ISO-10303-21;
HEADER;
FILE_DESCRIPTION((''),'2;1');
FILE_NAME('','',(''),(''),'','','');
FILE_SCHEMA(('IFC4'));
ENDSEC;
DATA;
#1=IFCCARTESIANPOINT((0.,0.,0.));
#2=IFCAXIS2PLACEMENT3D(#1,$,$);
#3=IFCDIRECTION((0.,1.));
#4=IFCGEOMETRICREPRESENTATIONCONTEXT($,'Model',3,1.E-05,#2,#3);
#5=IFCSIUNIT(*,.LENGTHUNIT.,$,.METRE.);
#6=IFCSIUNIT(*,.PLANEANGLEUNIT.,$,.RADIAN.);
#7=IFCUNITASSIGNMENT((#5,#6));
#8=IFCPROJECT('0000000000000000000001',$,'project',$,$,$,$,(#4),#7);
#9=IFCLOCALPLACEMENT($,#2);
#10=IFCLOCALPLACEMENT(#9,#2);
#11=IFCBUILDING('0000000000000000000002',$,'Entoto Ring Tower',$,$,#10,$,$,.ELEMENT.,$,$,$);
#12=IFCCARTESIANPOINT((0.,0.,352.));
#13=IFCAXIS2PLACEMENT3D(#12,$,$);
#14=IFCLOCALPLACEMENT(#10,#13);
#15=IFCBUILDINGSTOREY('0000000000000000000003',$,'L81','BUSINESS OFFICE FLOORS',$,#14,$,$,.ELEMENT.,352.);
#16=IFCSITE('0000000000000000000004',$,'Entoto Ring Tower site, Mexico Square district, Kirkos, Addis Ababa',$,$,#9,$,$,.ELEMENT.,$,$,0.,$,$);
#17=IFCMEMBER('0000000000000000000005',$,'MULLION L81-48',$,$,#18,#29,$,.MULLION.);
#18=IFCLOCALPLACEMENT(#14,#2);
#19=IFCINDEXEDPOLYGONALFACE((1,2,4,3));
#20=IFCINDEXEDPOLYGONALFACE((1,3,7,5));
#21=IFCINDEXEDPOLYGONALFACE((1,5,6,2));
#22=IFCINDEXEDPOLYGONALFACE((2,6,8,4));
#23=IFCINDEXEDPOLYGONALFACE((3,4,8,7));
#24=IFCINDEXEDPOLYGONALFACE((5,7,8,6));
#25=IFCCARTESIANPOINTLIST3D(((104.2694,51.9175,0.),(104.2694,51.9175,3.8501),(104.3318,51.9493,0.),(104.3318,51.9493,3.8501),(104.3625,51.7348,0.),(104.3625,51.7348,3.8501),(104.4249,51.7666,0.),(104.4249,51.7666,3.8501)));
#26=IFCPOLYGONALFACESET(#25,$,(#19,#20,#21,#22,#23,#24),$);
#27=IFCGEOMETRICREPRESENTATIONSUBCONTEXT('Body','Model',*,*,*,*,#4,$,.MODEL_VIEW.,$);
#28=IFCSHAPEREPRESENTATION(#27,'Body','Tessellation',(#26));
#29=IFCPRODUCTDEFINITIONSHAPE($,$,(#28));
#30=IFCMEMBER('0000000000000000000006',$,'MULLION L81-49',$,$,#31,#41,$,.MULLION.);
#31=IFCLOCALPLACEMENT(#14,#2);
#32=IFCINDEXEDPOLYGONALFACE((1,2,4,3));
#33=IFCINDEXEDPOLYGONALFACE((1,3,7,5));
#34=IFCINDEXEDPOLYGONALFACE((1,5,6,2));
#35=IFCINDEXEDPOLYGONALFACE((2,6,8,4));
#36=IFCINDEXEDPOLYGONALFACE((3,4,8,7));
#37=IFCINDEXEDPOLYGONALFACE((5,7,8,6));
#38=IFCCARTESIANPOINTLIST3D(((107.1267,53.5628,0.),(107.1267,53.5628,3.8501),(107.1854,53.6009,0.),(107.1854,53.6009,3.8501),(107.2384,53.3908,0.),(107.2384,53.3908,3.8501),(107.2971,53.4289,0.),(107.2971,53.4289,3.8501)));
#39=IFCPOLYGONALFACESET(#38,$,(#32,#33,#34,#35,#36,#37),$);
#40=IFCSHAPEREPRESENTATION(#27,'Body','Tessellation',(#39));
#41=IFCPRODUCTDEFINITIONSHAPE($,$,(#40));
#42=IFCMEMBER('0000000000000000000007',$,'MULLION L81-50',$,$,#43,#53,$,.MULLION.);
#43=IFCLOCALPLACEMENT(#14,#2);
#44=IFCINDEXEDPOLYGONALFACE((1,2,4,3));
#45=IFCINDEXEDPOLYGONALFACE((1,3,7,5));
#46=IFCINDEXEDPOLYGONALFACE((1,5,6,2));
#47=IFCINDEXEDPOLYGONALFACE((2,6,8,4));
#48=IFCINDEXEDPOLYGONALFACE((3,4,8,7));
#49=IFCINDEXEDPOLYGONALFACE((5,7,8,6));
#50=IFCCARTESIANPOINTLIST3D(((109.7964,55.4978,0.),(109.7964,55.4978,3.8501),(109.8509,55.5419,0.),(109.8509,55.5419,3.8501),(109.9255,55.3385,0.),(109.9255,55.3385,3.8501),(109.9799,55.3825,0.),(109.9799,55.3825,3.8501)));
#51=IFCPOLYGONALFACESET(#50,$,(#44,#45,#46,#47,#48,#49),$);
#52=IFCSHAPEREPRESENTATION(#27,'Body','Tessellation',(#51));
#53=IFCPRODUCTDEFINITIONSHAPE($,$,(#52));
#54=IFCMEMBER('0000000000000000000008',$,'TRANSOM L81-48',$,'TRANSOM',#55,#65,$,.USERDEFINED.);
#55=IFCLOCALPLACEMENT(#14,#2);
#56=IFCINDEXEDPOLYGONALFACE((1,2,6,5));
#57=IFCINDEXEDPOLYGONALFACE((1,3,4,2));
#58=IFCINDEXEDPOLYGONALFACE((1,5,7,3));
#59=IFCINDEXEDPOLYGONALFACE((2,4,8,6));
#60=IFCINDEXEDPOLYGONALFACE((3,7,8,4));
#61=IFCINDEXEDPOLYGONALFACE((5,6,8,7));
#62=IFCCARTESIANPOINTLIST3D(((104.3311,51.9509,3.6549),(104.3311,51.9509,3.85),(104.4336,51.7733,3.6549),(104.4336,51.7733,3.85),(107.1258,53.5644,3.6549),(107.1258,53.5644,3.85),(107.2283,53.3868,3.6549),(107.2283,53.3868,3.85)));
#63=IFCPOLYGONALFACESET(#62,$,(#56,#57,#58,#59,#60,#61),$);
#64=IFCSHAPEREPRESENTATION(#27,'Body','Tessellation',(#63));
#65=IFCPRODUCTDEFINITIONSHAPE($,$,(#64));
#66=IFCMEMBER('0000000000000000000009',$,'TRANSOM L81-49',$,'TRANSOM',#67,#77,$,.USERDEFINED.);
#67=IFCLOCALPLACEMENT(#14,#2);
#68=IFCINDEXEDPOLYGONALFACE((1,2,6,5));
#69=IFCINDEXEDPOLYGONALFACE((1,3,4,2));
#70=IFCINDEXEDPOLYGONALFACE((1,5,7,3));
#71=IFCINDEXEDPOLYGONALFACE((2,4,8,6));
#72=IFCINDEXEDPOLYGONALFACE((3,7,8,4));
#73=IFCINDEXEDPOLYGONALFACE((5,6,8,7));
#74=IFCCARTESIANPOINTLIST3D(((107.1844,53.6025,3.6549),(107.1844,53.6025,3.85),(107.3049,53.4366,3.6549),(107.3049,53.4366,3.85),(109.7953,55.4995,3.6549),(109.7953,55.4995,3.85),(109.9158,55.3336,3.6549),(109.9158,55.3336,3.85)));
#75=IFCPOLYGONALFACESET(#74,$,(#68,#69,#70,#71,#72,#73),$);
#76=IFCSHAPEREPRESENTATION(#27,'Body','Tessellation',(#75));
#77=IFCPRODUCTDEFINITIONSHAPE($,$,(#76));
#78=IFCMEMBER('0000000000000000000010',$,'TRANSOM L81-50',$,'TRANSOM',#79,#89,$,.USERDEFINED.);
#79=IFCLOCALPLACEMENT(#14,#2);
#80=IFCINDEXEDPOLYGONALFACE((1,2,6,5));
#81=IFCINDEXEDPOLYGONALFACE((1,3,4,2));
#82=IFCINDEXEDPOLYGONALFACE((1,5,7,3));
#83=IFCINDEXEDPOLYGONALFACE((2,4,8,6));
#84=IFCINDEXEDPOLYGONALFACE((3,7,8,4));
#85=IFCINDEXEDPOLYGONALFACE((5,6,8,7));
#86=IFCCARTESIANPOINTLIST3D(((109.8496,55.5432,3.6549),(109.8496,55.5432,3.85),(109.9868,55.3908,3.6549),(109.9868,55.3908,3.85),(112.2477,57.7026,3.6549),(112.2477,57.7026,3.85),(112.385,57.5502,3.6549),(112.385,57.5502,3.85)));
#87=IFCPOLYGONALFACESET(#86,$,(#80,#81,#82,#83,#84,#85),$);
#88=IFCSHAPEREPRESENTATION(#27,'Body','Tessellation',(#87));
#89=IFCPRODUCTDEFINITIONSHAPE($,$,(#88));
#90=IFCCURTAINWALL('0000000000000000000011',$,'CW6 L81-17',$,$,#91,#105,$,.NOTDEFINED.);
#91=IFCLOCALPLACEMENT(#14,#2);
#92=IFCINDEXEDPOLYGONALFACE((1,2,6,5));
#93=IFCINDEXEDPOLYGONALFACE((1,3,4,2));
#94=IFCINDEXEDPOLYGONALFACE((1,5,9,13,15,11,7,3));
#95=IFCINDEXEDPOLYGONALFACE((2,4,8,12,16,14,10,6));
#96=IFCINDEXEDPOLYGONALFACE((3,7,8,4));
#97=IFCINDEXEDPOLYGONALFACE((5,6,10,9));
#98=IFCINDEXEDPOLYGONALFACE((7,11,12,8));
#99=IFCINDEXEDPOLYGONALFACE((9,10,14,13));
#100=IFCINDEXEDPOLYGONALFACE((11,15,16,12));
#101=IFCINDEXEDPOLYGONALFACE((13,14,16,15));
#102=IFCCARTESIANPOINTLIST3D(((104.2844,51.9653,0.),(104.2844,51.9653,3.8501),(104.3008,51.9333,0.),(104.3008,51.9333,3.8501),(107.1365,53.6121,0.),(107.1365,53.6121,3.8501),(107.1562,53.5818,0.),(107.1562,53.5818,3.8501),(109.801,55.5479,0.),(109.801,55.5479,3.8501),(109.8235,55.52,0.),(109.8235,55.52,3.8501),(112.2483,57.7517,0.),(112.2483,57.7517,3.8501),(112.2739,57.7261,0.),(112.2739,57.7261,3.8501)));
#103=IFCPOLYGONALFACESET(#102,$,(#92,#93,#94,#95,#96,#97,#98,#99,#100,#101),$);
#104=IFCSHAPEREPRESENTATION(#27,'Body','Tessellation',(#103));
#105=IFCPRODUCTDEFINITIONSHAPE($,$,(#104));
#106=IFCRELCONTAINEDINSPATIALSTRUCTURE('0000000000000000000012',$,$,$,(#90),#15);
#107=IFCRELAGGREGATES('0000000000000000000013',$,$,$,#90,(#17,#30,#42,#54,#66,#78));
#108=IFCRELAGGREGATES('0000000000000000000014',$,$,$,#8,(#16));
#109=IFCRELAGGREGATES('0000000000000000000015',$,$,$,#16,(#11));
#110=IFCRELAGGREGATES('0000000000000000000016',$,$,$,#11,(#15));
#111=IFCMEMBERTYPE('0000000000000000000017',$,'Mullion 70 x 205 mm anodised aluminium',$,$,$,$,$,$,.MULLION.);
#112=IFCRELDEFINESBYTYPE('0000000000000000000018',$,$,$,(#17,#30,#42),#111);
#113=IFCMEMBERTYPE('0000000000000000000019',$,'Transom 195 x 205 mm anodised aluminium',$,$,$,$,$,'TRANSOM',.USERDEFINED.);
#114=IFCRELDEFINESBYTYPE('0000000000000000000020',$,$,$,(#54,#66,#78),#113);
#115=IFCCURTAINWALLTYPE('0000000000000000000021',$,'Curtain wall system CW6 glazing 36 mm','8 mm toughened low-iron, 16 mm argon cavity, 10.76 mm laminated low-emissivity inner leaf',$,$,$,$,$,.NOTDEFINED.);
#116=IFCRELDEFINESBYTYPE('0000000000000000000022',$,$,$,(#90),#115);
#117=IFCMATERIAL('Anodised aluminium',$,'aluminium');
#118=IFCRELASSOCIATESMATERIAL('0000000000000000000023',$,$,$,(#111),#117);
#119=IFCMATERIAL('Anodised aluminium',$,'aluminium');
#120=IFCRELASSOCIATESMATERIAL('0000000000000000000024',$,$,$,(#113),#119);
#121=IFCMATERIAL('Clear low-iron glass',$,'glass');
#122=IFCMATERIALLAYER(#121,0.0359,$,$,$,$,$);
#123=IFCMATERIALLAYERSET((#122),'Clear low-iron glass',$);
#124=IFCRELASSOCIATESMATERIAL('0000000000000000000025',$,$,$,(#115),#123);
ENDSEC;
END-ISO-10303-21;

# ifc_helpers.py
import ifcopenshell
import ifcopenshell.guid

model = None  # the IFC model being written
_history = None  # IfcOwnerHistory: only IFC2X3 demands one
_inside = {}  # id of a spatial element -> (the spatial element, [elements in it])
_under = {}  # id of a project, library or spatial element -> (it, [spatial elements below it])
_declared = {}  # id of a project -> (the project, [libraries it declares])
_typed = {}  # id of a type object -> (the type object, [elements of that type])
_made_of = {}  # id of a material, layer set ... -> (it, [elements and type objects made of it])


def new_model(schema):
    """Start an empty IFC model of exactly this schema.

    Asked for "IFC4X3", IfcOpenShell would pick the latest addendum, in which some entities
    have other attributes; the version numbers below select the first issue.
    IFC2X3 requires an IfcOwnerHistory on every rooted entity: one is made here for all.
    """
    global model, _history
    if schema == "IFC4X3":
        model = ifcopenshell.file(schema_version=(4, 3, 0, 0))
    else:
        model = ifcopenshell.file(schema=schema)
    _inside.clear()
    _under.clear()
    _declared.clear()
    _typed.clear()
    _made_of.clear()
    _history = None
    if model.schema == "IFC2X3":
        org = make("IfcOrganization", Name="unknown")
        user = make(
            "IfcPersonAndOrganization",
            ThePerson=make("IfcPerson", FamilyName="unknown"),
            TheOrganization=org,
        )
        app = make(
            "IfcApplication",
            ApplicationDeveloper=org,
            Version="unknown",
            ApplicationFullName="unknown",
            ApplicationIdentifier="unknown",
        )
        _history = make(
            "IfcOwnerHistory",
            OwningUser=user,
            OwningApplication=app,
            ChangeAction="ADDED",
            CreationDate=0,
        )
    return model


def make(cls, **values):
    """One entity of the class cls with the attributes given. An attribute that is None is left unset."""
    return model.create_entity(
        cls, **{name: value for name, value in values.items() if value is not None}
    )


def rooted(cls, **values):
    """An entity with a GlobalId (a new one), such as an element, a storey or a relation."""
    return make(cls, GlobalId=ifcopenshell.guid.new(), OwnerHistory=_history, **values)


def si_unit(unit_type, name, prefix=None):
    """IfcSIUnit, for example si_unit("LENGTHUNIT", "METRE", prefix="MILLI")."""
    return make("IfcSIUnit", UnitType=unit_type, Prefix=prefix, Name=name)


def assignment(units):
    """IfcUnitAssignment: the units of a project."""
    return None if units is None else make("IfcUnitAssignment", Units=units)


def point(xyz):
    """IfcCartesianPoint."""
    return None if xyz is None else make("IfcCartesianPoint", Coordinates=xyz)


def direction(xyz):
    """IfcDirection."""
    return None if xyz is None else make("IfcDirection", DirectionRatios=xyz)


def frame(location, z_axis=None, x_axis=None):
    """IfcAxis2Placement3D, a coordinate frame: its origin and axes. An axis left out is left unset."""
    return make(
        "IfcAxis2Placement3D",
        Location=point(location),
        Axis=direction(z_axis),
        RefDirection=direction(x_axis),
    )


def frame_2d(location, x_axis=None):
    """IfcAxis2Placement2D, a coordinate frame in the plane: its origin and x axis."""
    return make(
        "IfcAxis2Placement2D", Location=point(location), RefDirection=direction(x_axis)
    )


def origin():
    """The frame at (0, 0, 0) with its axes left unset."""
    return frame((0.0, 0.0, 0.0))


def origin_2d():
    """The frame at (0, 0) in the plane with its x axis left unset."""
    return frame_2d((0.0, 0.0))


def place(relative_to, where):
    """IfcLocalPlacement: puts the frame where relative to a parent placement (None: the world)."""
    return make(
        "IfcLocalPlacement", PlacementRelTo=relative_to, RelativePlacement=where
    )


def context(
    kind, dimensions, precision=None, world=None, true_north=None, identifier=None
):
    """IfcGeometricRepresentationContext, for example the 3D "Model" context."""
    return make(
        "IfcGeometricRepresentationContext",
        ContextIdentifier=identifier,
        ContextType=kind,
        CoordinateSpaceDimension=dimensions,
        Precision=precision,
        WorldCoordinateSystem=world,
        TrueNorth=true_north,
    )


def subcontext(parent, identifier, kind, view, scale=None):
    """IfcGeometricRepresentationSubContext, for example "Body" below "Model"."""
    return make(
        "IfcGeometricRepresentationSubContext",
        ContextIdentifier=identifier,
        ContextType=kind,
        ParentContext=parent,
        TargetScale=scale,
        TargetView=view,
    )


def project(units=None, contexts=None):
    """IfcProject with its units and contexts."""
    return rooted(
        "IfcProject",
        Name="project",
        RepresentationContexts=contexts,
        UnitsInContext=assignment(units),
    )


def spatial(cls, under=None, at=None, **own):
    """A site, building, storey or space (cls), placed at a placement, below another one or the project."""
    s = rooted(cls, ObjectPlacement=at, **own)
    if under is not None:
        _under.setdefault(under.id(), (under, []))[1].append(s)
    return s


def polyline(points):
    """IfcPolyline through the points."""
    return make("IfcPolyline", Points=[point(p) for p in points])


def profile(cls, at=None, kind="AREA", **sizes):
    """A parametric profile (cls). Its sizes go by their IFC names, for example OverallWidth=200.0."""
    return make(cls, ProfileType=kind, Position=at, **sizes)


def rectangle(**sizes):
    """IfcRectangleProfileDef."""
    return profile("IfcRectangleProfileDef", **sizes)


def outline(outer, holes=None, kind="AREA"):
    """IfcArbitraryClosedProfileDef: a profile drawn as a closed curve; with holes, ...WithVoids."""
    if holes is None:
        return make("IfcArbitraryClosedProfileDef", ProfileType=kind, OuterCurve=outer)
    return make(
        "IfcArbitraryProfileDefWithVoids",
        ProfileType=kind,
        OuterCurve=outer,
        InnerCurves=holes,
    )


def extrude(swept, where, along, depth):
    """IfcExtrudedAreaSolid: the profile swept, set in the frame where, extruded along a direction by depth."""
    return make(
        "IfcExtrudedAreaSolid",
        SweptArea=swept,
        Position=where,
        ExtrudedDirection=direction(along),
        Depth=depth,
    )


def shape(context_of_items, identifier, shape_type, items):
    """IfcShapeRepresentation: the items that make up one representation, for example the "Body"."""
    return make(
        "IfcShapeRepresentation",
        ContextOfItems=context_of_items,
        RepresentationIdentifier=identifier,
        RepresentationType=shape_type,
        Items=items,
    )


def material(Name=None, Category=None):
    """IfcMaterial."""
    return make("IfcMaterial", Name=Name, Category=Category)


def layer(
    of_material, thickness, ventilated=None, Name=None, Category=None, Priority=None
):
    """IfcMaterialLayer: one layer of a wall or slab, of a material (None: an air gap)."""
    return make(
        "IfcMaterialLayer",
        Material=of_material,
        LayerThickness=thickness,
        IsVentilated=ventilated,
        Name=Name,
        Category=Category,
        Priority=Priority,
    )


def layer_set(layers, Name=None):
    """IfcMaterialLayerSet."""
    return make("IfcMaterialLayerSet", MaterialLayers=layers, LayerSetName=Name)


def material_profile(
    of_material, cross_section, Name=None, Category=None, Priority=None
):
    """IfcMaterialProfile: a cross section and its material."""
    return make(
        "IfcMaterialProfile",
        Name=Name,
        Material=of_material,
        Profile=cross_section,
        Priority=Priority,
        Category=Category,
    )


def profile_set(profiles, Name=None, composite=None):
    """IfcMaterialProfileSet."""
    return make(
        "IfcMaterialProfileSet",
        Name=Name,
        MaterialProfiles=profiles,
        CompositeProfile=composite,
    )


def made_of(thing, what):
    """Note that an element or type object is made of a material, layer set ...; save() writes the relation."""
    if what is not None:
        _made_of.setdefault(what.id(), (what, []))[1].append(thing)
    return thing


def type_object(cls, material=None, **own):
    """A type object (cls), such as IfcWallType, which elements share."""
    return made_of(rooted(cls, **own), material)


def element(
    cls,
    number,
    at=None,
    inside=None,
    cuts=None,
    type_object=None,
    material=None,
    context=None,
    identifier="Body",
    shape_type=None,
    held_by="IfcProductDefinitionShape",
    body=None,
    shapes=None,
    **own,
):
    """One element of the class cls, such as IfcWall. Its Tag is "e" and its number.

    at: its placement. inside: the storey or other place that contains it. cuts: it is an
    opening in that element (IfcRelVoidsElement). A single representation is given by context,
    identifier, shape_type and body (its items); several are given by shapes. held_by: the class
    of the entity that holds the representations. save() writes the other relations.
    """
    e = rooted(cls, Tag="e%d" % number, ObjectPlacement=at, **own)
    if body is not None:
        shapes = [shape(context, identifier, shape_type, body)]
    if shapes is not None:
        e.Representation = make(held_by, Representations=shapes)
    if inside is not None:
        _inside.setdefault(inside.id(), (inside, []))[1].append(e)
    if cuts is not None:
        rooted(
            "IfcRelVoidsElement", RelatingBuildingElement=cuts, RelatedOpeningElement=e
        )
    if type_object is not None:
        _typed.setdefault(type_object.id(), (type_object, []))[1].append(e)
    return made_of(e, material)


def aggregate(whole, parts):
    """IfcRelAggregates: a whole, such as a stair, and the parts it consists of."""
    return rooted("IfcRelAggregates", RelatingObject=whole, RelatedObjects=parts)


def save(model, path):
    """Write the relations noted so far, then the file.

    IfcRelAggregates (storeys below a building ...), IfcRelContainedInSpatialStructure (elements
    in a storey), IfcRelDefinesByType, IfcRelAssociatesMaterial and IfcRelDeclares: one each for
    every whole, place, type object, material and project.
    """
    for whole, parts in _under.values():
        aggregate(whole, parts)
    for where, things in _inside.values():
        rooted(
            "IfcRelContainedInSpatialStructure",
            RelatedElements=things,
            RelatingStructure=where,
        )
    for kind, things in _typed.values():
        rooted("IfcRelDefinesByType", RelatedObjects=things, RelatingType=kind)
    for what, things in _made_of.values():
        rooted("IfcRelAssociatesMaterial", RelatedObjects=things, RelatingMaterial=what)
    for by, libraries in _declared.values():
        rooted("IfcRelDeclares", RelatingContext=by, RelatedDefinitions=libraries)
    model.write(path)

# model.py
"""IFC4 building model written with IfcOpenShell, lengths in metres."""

from ifc_helpers import new_model, si_unit, direction, frame, origin, origin_2d, place, context, subcontext, project, spatial, polyline, rectangle, outline, extrude, material, layer, layer_set, material_profile, profile_set, type_object, element, aggregate, save


model = new_model("IFC4")

# Units and contexts
model_context = context("Model", 3, precision=1e-05, world=origin(), true_north=direction((0.0, 1.0)))
body_context = subcontext(model_context, "Body", "Model", "MODEL_VIEW")
ifc_project = project(units=[si_unit("LENGTHUNIT", "METRE"), si_unit("PLANEANGLEUNIT", "RADIAN")], contexts=[model_context])

# Members
ifc_material_1 = material(Name="Anodised aluminium", Category="aluminium")
ifc_material_profile_1 = material_profile(ifc_material_1, rectangle(XDim=0.0701, YDim=0.2051, at=origin_2d()), Name="Mullion 70 x 205 mm anodised aluminium")
ifc_profile_set_1 = profile_set([ifc_material_profile_1], Name="Anodised aluminium")
member_type_1 = type_object("IfcMemberType", Name="Mullion 70 x 205 mm anodised aluminium", PredefinedType="MULLION", material=ifc_profile_set_1)
site_placement = place(None, origin())
building_placement = place(site_placement, origin())
storey_placement = place(building_placement, frame((0.0, 0.0, 352.0)))
member_1_placement = place(storey_placement, frame((104.3472, 51.842, 0.0), z_axis=(0.0, 0.0, 1.0), x_axis=(0.891007, 0.45399, 0.0)))
member_1 = element("IfcMember", 1, at=member_1_placement, type_object=member_type_1, Name="MULLION L81-48", PredefinedType="MULLION", context=body_context, shape_type="SweptSolid", body=[
    extrude(rectangle(XDim=0.0701, YDim=0.2051, at=origin_2d()), origin(), (0.0, 0.0, 1.0), 3.8501),
])
member_2_placement = place(storey_placement, frame((107.2119, 53.4958, 0.0), z_axis=(0.0, 0.0, 1.0), x_axis=(0.838671, 0.544639, 0.0)))
member_2 = element("IfcMember", 2, at=member_2_placement, type_object=member_type_1, Name="MULLION L81-49", PredefinedType="MULLION", context=body_context, shape_type="SweptSolid", body=[
    extrude(rectangle(XDim=0.0701, YDim=0.2051, at=origin_2d()), origin(), (0.0, 0.0, 1.0), 3.8501),
])
member_3_placement = place(storey_placement, frame((109.8882, 55.4402, 0.0), z_axis=(0.0, 0.0, 1.0), x_axis=(0.777146, 0.62932, 0.0)))
member_3 = element("IfcMember", 3, at=member_3_placement, type_object=member_type_1, Name="MULLION L81-50", PredefinedType="MULLION", context=body_context, shape_type="SweptSolid", body=[
    extrude(rectangle(XDim=0.0701, YDim=0.2051, at=origin_2d()), origin(), (0.0, 0.0, 1.0), 3.8501),
])
ifc_material_2 = material(Name="Anodised aluminium", Category="aluminium")
ifc_material_profile_2 = material_profile(ifc_material_2, rectangle(XDim=0.2051, YDim=0.1951, at=origin_2d()), Name="Transom 195 x 205 mm anodised aluminium")
ifc_profile_set_2 = profile_set([ifc_material_profile_2], Name="Anodised aluminium")
member_type_2 = type_object("IfcMemberType", Name="Transom 195 x 205 mm anodised aluminium", ElementType="TRANSOM", PredefinedType="USERDEFINED", material=ifc_profile_set_2)
member_4_placement = place(storey_placement, frame((104.3823, 51.8621, 3.7524), z_axis=(0.866023, 0.500004, 0.0), x_axis=(-0.500004, 0.866023, 0.0)))
member_4 = element("IfcMember", 4, at=member_4_placement, type_object=member_type_2, Name="TRANSOM L81-48", ObjectType="TRANSOM", PredefinedType="USERDEFINED", context=body_context, shape_type="SweptSolid", body=[
    extrude(rectangle(XDim=0.2051, YDim=0.1951, at=origin_2d()), origin(), (0.0, 0.0, 1.0), 3.2271),
])
member_5_placement = place(storey_placement, frame((107.2446, 53.5195, 3.7524), z_axis=(0.809004, 0.587803, 0.0), x_axis=(-0.587803, 0.809004, 0.0)))
member_5 = element("IfcMember", 5, at=member_5_placement, type_object=member_type_2, Name="TRANSOM L81-49", ObjectType="TRANSOM", PredefinedType="USERDEFINED", context=body_context, shape_type="SweptSolid", body=[
    extrude(rectangle(XDim=0.2051, YDim=0.1951, at=origin_2d()), origin(), (0.0, 0.0, 1.0), 3.2273),
])
member_6_placement = place(storey_placement, frame((109.9182, 55.467, 3.7524), z_axis=(0.743132, 0.669144, 0.0), x_axis=(-0.669144, 0.743132, 0.0)))
member_6 = element("IfcMember", 6, at=member_6_placement, type_object=member_type_2, Name="TRANSOM L81-50", ObjectType="TRANSOM", PredefinedType="USERDEFINED", context=body_context, shape_type="SweptSolid", body=[
    extrude(rectangle(XDim=0.2051, YDim=0.1951, at=origin_2d()), origin(), (0.0, 0.0, 1.0), 3.2271),
])

# Site, building, storey
site = spatial("IfcSite", under=ifc_project, at=site_placement, Name="Entoto Ring Tower site, Mexico Square district, Kirkos, Addis Ababa", CompositionType="ELEMENT", RefElevation=0.0)
building = spatial("IfcBuilding", under=site, at=building_placement, Name="Entoto Ring Tower", CompositionType="ELEMENT")
storey = spatial("IfcBuildingStorey", under=building, at=storey_placement, Name="L81", Description="BUSINESS OFFICE FLOORS", CompositionType="ELEMENT", Elevation=352.0)

# Curtain wall
ifc_material_3 = material(Name="Clear low-iron glass", Category="glass")
ifc_layer_1 = layer(ifc_material_3, 0.0359)
ifc_layer_set_1 = layer_set([ifc_layer_1], Name="Clear low-iron glass")
curtain_wall_type = type_object("IfcCurtainWallType", Name="Curtain wall system CW6 glazing 36 mm", Description="8 mm toughened low-iron, 16 mm argon cavity, 10.76 mm laminated low-emissivity inner leaf", PredefinedType="NOTDEFINED", material=ifc_layer_set_1)
curtain_wall_1_placement = place(storey_placement, origin())
curtain_wall_1 = element("IfcCurtainWall", 7, at=curtain_wall_1_placement, inside=storey, type_object=curtain_wall_type, Name="CW6 L81-17", PredefinedType="NOTDEFINED", context=body_context, shape_type="SweptSolid", body=[
    extrude(outline(polyline([(104.3008, 51.9333), (107.1562, 53.5818), (109.8235, 55.52), (112.2739, 57.7261), (112.2483, 57.7517), (109.801, 55.5479), (107.1365, 53.6121), (104.2844, 51.9653), (104.3008, 51.9333)])), origin(), (0.0, 0.0, 1.0), 3.8501),
])
aggregate(curtain_wall_1, [member_1, member_2, member_3, member_4, member_5, member_6])

save(model, "model.ifc")
